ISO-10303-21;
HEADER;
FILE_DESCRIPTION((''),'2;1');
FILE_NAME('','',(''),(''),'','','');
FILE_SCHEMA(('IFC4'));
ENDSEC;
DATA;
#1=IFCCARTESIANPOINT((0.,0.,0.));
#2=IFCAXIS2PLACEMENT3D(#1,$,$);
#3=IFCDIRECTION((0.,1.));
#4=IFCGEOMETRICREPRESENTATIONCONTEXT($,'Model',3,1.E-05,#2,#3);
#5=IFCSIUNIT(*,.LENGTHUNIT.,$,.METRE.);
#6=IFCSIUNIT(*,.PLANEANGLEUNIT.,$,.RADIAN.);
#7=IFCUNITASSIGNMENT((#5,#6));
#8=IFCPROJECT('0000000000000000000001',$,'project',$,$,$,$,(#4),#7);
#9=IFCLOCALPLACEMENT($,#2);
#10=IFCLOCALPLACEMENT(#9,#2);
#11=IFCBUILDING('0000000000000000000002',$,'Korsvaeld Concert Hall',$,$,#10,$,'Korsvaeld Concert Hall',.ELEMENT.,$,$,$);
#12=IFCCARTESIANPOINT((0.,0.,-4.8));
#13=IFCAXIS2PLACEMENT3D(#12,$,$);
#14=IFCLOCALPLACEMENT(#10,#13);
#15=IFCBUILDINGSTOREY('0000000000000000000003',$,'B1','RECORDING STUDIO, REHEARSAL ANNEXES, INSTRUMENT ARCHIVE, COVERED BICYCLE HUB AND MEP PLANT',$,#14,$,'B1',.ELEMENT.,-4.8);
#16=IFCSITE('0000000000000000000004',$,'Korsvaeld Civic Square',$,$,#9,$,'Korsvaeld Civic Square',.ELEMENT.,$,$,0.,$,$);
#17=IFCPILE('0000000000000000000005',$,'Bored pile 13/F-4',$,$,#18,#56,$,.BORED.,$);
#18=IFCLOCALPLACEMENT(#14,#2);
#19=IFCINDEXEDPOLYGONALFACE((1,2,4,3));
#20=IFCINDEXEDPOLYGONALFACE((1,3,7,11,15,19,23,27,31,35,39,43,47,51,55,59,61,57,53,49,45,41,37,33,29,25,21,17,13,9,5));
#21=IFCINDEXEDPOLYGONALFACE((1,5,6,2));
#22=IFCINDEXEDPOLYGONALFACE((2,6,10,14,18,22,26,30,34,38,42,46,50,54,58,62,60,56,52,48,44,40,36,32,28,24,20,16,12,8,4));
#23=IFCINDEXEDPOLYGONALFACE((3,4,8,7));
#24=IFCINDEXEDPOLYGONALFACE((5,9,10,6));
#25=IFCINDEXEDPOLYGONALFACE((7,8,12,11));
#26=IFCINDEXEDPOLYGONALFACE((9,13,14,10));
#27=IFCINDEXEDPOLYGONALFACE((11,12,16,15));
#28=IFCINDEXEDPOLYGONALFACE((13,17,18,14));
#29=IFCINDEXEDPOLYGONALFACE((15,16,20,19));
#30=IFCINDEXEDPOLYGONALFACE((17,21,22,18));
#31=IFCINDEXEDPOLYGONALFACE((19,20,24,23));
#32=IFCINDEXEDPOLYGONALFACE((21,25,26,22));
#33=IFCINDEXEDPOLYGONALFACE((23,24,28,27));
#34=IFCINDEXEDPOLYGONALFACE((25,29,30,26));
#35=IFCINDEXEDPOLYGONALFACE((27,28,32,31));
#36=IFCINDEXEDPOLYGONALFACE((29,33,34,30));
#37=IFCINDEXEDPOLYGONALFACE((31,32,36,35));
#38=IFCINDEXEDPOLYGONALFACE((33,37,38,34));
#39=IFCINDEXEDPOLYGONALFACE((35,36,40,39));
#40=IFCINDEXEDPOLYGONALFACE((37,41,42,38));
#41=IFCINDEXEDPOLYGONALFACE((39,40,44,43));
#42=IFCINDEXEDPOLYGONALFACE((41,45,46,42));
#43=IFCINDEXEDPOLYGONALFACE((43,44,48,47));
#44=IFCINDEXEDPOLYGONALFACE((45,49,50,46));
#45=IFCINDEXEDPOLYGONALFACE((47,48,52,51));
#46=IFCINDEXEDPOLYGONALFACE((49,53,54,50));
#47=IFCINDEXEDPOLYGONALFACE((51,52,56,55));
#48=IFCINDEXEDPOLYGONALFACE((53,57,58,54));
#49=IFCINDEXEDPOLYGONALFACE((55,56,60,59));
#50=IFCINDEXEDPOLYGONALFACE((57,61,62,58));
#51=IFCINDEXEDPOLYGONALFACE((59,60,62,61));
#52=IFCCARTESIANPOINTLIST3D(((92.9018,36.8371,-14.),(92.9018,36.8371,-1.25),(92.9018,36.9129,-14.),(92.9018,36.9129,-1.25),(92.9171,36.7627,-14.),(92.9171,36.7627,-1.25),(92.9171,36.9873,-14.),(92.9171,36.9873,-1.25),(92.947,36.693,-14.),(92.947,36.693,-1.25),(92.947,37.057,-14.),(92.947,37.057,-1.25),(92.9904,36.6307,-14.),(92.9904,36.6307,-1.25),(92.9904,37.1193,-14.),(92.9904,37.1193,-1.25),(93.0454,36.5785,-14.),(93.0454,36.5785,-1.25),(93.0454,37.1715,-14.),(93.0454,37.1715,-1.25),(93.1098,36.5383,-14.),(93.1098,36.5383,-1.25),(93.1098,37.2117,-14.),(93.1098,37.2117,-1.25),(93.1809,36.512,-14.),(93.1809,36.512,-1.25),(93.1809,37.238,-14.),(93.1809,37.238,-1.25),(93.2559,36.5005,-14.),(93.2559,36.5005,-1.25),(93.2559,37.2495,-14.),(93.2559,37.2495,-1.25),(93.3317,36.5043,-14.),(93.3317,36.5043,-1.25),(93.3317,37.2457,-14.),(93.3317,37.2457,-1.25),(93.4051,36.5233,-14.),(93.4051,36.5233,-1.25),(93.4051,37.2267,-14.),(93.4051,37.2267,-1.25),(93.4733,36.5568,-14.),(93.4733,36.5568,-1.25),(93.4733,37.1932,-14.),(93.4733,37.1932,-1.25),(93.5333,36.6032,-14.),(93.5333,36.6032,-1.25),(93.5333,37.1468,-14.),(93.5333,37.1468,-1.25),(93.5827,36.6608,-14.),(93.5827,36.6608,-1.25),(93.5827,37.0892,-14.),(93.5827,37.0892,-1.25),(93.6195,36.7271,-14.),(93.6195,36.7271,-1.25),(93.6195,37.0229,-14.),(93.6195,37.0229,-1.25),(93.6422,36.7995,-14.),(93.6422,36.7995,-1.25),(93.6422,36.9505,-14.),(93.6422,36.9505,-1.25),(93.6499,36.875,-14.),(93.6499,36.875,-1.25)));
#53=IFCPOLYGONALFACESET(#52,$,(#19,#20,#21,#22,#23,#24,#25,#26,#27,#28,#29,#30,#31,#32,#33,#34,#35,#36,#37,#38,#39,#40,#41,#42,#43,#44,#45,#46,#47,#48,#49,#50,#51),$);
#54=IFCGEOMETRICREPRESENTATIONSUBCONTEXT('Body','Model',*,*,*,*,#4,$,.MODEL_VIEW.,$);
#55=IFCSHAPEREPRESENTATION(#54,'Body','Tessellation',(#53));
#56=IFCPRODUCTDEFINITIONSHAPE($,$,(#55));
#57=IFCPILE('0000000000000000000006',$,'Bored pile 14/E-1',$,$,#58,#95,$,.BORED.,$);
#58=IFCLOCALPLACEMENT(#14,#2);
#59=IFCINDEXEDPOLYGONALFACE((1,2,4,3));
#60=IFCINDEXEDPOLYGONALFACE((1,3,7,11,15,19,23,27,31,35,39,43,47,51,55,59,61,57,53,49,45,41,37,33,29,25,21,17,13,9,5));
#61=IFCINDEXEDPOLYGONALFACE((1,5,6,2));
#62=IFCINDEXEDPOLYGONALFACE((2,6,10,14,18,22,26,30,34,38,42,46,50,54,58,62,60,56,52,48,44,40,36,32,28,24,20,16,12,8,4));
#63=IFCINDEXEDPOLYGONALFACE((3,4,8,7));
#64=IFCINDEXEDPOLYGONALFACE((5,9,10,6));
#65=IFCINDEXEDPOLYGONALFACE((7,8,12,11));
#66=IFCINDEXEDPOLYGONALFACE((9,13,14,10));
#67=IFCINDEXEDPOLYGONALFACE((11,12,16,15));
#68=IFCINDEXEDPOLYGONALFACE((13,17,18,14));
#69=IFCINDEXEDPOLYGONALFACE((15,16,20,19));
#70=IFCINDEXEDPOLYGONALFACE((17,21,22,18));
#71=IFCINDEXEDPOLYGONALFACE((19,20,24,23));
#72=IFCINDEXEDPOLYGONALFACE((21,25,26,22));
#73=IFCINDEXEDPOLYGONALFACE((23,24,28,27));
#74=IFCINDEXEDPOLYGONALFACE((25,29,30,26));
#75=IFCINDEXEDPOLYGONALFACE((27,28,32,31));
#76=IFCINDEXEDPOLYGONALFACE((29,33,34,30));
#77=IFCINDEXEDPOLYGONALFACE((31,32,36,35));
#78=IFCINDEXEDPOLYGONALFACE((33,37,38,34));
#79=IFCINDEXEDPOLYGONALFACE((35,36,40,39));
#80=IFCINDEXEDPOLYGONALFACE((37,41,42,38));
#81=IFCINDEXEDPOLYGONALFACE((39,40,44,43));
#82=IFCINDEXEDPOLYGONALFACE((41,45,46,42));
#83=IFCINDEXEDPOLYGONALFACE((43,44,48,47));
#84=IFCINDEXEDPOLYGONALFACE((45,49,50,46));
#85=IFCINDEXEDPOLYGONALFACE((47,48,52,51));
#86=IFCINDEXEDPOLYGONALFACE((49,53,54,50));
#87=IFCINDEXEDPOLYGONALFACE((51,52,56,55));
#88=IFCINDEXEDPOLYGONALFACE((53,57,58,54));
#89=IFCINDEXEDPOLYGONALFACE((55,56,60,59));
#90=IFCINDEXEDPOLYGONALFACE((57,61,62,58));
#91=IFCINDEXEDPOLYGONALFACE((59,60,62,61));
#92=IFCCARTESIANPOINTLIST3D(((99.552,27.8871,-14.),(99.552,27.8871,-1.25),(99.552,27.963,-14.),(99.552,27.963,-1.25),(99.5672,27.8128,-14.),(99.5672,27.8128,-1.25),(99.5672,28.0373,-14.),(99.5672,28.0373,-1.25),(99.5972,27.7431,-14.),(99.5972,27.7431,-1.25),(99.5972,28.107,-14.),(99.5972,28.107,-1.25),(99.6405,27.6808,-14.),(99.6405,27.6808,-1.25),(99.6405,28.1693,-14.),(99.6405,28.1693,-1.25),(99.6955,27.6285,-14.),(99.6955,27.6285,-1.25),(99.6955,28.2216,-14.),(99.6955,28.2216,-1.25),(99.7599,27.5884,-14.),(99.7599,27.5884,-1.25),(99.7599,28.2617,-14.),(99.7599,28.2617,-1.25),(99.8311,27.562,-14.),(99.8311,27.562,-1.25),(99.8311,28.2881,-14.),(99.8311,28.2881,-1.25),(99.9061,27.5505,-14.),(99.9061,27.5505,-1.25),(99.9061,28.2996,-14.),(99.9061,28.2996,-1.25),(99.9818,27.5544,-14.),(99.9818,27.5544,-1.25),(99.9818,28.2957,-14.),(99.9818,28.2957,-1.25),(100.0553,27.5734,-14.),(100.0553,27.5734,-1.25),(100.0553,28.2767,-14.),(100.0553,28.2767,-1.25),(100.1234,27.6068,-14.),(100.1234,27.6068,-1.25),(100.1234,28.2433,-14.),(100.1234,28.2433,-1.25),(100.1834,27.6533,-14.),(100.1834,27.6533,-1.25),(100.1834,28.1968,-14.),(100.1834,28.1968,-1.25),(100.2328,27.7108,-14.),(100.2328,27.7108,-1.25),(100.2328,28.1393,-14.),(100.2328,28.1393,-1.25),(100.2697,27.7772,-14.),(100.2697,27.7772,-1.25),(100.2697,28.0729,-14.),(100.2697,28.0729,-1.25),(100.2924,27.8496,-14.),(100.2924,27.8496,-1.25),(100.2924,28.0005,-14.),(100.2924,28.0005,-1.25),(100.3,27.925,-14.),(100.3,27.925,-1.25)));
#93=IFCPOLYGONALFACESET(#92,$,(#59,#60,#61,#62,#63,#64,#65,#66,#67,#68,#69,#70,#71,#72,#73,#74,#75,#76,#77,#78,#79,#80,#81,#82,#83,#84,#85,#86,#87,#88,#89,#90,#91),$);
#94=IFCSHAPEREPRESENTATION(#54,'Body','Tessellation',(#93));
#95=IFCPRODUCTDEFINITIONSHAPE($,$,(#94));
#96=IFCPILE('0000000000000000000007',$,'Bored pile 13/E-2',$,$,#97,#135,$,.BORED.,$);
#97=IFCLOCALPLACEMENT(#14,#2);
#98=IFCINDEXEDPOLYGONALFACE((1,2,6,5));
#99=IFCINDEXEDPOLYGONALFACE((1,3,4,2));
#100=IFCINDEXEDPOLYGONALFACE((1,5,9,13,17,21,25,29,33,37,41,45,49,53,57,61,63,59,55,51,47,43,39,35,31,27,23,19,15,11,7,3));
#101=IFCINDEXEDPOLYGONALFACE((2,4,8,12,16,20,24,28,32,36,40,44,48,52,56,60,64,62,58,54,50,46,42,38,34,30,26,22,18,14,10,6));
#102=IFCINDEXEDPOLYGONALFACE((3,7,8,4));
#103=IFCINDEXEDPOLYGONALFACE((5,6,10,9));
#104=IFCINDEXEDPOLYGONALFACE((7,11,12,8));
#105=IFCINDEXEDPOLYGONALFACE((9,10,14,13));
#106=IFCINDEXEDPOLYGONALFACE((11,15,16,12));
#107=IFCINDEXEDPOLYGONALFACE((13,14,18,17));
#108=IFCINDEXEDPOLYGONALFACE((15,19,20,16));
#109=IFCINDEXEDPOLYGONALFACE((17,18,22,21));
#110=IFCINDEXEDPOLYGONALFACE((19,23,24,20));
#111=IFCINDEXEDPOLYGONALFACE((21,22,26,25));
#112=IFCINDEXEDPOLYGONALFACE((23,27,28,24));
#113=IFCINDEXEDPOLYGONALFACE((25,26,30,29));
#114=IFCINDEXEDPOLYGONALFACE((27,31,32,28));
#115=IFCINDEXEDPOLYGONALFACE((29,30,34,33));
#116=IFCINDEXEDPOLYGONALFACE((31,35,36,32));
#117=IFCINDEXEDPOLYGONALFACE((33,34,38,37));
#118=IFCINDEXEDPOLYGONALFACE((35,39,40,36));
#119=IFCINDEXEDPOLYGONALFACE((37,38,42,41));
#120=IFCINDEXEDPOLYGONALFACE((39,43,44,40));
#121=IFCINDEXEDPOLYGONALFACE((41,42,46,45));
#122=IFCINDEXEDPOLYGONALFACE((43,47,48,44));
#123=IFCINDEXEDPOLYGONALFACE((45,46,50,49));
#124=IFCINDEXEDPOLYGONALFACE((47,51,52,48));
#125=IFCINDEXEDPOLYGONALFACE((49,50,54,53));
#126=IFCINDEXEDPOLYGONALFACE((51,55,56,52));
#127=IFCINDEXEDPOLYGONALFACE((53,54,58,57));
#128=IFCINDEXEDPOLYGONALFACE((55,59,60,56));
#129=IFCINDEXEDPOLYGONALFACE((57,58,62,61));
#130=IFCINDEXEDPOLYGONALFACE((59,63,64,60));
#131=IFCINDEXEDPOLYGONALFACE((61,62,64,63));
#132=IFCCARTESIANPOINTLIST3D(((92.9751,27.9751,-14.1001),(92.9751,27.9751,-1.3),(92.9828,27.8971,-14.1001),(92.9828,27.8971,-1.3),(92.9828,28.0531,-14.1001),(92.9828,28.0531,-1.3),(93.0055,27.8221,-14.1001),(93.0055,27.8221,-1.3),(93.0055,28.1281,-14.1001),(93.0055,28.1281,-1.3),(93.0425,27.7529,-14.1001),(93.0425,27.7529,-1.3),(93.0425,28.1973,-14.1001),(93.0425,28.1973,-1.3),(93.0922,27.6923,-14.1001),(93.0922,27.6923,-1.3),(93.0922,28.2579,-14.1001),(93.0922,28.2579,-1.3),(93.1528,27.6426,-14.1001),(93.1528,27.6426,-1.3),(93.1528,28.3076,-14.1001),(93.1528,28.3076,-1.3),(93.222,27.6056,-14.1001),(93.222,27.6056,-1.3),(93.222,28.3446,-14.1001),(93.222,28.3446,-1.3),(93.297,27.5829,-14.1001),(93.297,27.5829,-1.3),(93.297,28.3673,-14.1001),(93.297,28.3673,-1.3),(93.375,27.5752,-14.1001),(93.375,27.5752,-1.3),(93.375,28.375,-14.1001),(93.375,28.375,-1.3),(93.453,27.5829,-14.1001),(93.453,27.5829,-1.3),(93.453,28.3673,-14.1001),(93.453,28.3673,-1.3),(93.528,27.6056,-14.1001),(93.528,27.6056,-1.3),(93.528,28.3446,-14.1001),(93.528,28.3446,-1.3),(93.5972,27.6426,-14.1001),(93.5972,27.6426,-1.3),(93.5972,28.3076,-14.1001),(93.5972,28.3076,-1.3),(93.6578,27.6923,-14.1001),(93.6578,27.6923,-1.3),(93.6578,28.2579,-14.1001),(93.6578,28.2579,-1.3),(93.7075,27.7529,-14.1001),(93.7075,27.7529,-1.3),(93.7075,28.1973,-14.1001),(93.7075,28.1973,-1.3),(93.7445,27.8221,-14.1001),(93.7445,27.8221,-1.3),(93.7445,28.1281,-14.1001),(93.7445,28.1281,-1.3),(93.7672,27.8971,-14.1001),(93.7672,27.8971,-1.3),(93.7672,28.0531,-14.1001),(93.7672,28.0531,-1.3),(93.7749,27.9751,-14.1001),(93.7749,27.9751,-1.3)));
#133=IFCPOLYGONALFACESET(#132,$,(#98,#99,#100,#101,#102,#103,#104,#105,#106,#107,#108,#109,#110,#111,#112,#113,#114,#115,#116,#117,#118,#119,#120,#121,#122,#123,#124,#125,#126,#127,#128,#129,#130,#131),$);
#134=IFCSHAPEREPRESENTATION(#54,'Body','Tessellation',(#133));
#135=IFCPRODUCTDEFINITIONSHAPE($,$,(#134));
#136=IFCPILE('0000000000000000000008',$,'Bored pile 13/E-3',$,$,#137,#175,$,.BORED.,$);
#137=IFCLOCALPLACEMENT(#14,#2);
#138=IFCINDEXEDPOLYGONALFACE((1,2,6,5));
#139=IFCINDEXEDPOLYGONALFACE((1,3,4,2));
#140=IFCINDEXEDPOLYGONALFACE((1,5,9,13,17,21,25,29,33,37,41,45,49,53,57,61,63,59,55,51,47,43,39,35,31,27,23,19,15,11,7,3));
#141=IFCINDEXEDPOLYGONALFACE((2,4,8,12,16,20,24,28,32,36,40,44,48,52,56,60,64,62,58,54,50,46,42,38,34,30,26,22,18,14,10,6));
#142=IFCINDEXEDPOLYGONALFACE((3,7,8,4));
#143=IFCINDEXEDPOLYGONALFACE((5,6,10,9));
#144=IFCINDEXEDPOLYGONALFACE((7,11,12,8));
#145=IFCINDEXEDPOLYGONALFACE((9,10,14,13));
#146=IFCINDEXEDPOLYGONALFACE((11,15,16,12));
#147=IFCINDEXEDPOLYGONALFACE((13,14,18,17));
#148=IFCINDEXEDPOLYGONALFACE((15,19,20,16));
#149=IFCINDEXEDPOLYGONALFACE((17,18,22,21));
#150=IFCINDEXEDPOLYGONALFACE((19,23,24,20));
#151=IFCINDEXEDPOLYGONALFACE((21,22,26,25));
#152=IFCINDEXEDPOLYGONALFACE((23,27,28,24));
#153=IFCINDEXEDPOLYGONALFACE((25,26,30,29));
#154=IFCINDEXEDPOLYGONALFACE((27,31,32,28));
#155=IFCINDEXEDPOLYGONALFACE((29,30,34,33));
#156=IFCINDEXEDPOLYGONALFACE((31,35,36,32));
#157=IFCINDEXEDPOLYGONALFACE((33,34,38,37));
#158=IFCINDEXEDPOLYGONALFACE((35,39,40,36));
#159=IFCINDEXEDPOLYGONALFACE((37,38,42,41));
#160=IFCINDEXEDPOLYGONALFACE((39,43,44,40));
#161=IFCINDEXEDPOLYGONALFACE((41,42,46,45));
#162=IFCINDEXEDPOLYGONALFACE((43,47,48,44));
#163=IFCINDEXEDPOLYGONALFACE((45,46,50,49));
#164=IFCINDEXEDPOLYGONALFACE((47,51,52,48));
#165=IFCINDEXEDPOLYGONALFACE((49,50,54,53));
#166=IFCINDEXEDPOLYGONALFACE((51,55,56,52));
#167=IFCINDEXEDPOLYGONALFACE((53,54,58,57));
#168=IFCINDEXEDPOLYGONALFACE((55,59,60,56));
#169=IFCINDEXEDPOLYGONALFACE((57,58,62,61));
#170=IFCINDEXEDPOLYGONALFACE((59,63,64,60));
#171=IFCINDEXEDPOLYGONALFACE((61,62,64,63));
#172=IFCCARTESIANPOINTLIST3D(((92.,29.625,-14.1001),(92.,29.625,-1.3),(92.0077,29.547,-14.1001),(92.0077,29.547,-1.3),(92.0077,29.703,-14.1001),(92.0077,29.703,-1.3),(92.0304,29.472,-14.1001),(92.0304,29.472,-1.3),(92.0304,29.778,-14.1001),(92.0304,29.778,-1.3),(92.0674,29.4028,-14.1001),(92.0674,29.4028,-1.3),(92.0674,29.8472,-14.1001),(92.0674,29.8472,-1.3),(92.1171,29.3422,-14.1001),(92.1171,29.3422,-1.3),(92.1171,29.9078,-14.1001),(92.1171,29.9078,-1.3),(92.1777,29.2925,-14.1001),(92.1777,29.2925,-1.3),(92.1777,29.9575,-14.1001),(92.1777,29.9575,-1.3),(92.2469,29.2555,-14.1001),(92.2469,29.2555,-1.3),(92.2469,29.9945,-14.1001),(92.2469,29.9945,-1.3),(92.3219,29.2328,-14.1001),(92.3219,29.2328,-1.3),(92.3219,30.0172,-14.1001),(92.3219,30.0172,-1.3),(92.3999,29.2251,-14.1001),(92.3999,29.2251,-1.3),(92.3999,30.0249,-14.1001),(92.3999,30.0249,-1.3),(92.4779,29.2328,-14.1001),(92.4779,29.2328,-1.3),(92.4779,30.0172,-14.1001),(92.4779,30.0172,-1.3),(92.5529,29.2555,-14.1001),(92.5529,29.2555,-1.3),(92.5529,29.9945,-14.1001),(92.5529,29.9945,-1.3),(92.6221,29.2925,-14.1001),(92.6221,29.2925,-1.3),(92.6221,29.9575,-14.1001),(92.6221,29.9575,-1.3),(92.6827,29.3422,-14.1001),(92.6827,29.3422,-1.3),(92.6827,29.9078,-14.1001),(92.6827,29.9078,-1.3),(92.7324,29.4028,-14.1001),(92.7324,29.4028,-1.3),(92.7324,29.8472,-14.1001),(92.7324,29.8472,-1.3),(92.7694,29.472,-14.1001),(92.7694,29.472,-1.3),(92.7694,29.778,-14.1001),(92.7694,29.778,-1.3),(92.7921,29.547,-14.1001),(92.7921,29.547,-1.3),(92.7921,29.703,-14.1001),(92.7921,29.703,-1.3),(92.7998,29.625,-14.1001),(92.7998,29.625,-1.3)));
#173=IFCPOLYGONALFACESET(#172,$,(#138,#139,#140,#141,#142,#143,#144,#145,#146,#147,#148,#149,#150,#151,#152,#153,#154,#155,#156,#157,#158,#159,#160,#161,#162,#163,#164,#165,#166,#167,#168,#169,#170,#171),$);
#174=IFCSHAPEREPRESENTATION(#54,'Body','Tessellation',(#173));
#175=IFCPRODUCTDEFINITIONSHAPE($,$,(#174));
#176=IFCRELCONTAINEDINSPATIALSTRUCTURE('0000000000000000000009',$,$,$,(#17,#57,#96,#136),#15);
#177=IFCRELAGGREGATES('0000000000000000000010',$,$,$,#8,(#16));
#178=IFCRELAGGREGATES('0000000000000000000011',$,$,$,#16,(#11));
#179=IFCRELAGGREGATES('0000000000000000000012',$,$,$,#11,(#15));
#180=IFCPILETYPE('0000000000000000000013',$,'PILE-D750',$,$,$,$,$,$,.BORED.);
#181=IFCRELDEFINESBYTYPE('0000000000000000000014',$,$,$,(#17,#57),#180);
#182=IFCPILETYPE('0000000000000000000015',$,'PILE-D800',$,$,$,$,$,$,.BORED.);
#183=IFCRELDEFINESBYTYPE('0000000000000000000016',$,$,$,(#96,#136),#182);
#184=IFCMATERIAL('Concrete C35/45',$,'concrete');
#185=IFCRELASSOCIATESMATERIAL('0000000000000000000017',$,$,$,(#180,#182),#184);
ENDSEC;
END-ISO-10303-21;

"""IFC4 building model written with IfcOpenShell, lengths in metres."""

from ifc_helpers import new_model, si_unit, direction, frame, origin, origin_2d, place, context, subcontext, project, spatial, circle, extrude, material, material_profile, profile_set, type_object, element, save


model = new_model("IFC4")

# Units and contexts
model_context = context("Model", 3, precision=1e-05, world=origin(), true_north=direction((0.0, 1.0)))
body_context = subcontext(model_context, "Body", "Model", "MODEL_VIEW")
ifc_project = project(units=[si_unit("LENGTHUNIT", "METRE"), si_unit("PLANEANGLEUNIT", "RADIAN")], contexts=[model_context])

# Site, building, storey
site_placement = place(None, origin())
site = spatial("IfcSite", under=ifc_project, at=site_placement, Name="Korsvaeld Civic Square", LongName="Korsvaeld Civic Square", CompositionType="ELEMENT", RefElevation=0.0)
building_placement = place(site_placement, origin())
building = spatial("IfcBuilding", under=site, at=building_placement, Name="Korsvaeld Concert Hall", LongName="Korsvaeld Concert Hall", CompositionType="ELEMENT")
storey_placement = place(building_placement, frame((0.0, 0.0, -4.8)))
storey = spatial("IfcBuildingStorey", under=building, at=storey_placement, Name="B1", Description="RECORDING STUDIO, REHEARSAL ANNEXES, INSTRUMENT ARCHIVE, COVERED BICYCLE HUB AND MEP PLANT", LongName="B1", CompositionType="ELEMENT", Elevation=-4.8)

# Shared definitions
ifc_material_1 = material(Name="Concrete C35/45", Category="concrete")

# Piles
ifc_material_profile_1 = material_profile(ifc_material_1, circle(Radius=0.375, at=origin_2d()), Name="BORED PILE D750")
ifc_profile_set_1 = profile_set([ifc_material_profile_1], Name="Concrete C35/45")
pile_type_1 = type_object("IfcPileType", Name="PILE-D750", PredefinedType="BORED", material=ifc_profile_set_1)
for number, where, z_axis, x_axis, name in (
    (1, (93.2749, 36.875, -1.25), (0.0, 0.0, -1.0), (1.0, 0.0, 0.0), "Bored pile 13/F-4"),
    (2, (99.925, 27.925, -1.25), (0.0, 0.0, -1.0), (1.0, 0.0, 0.0), "Bored pile 14/E-1"),
):
    element("IfcPile", number, at=place(storey_placement, frame(where, z_axis=z_axis, x_axis=x_axis)), inside=storey, type_object=pile_type_1, Name=name, PredefinedType="BORED", context=body_context, shape_type="SweptSolid", body=[
        extrude(circle(Radius=0.375, at=origin_2d()), origin(), (0.0, 0.0, 1.0), 12.75),
    ])
ifc_material_profile_2 = material_profile(ifc_material_1, circle(Radius=0.3999, at=origin_2d()), Name="BORED PILE D800")
ifc_profile_set_2 = profile_set([ifc_material_profile_2], Name="Concrete C35/45")
pile_type_2 = type_object("IfcPileType", Name="PILE-D800", PredefinedType="BORED", material=ifc_profile_set_2)
for number, where, z_axis, x_axis, name in (
    (3, (93.375, 27.9751, -1.3), (0.0, 0.0, -1.0), (1.0, 0.0, 0.0), "Bored pile 13/E-2"),
    (4, (92.3999, 29.625, -1.3), (0.0, 0.0, -1.0), (1.0, 0.0, 0.0), "Bored pile 13/E-3"),
):
    element("IfcPile", number, at=place(storey_placement, frame(where, z_axis=z_axis, x_axis=x_axis)), inside=storey, type_object=pile_type_2, Name=name, PredefinedType="BORED", context=body_context, shape_type="SweptSolid", body=[
        extrude(circle(Radius=0.3999, at=origin_2d()), origin(), (0.0, 0.0, 1.0), 12.8),
    ])

save(model, "model.ifc")
